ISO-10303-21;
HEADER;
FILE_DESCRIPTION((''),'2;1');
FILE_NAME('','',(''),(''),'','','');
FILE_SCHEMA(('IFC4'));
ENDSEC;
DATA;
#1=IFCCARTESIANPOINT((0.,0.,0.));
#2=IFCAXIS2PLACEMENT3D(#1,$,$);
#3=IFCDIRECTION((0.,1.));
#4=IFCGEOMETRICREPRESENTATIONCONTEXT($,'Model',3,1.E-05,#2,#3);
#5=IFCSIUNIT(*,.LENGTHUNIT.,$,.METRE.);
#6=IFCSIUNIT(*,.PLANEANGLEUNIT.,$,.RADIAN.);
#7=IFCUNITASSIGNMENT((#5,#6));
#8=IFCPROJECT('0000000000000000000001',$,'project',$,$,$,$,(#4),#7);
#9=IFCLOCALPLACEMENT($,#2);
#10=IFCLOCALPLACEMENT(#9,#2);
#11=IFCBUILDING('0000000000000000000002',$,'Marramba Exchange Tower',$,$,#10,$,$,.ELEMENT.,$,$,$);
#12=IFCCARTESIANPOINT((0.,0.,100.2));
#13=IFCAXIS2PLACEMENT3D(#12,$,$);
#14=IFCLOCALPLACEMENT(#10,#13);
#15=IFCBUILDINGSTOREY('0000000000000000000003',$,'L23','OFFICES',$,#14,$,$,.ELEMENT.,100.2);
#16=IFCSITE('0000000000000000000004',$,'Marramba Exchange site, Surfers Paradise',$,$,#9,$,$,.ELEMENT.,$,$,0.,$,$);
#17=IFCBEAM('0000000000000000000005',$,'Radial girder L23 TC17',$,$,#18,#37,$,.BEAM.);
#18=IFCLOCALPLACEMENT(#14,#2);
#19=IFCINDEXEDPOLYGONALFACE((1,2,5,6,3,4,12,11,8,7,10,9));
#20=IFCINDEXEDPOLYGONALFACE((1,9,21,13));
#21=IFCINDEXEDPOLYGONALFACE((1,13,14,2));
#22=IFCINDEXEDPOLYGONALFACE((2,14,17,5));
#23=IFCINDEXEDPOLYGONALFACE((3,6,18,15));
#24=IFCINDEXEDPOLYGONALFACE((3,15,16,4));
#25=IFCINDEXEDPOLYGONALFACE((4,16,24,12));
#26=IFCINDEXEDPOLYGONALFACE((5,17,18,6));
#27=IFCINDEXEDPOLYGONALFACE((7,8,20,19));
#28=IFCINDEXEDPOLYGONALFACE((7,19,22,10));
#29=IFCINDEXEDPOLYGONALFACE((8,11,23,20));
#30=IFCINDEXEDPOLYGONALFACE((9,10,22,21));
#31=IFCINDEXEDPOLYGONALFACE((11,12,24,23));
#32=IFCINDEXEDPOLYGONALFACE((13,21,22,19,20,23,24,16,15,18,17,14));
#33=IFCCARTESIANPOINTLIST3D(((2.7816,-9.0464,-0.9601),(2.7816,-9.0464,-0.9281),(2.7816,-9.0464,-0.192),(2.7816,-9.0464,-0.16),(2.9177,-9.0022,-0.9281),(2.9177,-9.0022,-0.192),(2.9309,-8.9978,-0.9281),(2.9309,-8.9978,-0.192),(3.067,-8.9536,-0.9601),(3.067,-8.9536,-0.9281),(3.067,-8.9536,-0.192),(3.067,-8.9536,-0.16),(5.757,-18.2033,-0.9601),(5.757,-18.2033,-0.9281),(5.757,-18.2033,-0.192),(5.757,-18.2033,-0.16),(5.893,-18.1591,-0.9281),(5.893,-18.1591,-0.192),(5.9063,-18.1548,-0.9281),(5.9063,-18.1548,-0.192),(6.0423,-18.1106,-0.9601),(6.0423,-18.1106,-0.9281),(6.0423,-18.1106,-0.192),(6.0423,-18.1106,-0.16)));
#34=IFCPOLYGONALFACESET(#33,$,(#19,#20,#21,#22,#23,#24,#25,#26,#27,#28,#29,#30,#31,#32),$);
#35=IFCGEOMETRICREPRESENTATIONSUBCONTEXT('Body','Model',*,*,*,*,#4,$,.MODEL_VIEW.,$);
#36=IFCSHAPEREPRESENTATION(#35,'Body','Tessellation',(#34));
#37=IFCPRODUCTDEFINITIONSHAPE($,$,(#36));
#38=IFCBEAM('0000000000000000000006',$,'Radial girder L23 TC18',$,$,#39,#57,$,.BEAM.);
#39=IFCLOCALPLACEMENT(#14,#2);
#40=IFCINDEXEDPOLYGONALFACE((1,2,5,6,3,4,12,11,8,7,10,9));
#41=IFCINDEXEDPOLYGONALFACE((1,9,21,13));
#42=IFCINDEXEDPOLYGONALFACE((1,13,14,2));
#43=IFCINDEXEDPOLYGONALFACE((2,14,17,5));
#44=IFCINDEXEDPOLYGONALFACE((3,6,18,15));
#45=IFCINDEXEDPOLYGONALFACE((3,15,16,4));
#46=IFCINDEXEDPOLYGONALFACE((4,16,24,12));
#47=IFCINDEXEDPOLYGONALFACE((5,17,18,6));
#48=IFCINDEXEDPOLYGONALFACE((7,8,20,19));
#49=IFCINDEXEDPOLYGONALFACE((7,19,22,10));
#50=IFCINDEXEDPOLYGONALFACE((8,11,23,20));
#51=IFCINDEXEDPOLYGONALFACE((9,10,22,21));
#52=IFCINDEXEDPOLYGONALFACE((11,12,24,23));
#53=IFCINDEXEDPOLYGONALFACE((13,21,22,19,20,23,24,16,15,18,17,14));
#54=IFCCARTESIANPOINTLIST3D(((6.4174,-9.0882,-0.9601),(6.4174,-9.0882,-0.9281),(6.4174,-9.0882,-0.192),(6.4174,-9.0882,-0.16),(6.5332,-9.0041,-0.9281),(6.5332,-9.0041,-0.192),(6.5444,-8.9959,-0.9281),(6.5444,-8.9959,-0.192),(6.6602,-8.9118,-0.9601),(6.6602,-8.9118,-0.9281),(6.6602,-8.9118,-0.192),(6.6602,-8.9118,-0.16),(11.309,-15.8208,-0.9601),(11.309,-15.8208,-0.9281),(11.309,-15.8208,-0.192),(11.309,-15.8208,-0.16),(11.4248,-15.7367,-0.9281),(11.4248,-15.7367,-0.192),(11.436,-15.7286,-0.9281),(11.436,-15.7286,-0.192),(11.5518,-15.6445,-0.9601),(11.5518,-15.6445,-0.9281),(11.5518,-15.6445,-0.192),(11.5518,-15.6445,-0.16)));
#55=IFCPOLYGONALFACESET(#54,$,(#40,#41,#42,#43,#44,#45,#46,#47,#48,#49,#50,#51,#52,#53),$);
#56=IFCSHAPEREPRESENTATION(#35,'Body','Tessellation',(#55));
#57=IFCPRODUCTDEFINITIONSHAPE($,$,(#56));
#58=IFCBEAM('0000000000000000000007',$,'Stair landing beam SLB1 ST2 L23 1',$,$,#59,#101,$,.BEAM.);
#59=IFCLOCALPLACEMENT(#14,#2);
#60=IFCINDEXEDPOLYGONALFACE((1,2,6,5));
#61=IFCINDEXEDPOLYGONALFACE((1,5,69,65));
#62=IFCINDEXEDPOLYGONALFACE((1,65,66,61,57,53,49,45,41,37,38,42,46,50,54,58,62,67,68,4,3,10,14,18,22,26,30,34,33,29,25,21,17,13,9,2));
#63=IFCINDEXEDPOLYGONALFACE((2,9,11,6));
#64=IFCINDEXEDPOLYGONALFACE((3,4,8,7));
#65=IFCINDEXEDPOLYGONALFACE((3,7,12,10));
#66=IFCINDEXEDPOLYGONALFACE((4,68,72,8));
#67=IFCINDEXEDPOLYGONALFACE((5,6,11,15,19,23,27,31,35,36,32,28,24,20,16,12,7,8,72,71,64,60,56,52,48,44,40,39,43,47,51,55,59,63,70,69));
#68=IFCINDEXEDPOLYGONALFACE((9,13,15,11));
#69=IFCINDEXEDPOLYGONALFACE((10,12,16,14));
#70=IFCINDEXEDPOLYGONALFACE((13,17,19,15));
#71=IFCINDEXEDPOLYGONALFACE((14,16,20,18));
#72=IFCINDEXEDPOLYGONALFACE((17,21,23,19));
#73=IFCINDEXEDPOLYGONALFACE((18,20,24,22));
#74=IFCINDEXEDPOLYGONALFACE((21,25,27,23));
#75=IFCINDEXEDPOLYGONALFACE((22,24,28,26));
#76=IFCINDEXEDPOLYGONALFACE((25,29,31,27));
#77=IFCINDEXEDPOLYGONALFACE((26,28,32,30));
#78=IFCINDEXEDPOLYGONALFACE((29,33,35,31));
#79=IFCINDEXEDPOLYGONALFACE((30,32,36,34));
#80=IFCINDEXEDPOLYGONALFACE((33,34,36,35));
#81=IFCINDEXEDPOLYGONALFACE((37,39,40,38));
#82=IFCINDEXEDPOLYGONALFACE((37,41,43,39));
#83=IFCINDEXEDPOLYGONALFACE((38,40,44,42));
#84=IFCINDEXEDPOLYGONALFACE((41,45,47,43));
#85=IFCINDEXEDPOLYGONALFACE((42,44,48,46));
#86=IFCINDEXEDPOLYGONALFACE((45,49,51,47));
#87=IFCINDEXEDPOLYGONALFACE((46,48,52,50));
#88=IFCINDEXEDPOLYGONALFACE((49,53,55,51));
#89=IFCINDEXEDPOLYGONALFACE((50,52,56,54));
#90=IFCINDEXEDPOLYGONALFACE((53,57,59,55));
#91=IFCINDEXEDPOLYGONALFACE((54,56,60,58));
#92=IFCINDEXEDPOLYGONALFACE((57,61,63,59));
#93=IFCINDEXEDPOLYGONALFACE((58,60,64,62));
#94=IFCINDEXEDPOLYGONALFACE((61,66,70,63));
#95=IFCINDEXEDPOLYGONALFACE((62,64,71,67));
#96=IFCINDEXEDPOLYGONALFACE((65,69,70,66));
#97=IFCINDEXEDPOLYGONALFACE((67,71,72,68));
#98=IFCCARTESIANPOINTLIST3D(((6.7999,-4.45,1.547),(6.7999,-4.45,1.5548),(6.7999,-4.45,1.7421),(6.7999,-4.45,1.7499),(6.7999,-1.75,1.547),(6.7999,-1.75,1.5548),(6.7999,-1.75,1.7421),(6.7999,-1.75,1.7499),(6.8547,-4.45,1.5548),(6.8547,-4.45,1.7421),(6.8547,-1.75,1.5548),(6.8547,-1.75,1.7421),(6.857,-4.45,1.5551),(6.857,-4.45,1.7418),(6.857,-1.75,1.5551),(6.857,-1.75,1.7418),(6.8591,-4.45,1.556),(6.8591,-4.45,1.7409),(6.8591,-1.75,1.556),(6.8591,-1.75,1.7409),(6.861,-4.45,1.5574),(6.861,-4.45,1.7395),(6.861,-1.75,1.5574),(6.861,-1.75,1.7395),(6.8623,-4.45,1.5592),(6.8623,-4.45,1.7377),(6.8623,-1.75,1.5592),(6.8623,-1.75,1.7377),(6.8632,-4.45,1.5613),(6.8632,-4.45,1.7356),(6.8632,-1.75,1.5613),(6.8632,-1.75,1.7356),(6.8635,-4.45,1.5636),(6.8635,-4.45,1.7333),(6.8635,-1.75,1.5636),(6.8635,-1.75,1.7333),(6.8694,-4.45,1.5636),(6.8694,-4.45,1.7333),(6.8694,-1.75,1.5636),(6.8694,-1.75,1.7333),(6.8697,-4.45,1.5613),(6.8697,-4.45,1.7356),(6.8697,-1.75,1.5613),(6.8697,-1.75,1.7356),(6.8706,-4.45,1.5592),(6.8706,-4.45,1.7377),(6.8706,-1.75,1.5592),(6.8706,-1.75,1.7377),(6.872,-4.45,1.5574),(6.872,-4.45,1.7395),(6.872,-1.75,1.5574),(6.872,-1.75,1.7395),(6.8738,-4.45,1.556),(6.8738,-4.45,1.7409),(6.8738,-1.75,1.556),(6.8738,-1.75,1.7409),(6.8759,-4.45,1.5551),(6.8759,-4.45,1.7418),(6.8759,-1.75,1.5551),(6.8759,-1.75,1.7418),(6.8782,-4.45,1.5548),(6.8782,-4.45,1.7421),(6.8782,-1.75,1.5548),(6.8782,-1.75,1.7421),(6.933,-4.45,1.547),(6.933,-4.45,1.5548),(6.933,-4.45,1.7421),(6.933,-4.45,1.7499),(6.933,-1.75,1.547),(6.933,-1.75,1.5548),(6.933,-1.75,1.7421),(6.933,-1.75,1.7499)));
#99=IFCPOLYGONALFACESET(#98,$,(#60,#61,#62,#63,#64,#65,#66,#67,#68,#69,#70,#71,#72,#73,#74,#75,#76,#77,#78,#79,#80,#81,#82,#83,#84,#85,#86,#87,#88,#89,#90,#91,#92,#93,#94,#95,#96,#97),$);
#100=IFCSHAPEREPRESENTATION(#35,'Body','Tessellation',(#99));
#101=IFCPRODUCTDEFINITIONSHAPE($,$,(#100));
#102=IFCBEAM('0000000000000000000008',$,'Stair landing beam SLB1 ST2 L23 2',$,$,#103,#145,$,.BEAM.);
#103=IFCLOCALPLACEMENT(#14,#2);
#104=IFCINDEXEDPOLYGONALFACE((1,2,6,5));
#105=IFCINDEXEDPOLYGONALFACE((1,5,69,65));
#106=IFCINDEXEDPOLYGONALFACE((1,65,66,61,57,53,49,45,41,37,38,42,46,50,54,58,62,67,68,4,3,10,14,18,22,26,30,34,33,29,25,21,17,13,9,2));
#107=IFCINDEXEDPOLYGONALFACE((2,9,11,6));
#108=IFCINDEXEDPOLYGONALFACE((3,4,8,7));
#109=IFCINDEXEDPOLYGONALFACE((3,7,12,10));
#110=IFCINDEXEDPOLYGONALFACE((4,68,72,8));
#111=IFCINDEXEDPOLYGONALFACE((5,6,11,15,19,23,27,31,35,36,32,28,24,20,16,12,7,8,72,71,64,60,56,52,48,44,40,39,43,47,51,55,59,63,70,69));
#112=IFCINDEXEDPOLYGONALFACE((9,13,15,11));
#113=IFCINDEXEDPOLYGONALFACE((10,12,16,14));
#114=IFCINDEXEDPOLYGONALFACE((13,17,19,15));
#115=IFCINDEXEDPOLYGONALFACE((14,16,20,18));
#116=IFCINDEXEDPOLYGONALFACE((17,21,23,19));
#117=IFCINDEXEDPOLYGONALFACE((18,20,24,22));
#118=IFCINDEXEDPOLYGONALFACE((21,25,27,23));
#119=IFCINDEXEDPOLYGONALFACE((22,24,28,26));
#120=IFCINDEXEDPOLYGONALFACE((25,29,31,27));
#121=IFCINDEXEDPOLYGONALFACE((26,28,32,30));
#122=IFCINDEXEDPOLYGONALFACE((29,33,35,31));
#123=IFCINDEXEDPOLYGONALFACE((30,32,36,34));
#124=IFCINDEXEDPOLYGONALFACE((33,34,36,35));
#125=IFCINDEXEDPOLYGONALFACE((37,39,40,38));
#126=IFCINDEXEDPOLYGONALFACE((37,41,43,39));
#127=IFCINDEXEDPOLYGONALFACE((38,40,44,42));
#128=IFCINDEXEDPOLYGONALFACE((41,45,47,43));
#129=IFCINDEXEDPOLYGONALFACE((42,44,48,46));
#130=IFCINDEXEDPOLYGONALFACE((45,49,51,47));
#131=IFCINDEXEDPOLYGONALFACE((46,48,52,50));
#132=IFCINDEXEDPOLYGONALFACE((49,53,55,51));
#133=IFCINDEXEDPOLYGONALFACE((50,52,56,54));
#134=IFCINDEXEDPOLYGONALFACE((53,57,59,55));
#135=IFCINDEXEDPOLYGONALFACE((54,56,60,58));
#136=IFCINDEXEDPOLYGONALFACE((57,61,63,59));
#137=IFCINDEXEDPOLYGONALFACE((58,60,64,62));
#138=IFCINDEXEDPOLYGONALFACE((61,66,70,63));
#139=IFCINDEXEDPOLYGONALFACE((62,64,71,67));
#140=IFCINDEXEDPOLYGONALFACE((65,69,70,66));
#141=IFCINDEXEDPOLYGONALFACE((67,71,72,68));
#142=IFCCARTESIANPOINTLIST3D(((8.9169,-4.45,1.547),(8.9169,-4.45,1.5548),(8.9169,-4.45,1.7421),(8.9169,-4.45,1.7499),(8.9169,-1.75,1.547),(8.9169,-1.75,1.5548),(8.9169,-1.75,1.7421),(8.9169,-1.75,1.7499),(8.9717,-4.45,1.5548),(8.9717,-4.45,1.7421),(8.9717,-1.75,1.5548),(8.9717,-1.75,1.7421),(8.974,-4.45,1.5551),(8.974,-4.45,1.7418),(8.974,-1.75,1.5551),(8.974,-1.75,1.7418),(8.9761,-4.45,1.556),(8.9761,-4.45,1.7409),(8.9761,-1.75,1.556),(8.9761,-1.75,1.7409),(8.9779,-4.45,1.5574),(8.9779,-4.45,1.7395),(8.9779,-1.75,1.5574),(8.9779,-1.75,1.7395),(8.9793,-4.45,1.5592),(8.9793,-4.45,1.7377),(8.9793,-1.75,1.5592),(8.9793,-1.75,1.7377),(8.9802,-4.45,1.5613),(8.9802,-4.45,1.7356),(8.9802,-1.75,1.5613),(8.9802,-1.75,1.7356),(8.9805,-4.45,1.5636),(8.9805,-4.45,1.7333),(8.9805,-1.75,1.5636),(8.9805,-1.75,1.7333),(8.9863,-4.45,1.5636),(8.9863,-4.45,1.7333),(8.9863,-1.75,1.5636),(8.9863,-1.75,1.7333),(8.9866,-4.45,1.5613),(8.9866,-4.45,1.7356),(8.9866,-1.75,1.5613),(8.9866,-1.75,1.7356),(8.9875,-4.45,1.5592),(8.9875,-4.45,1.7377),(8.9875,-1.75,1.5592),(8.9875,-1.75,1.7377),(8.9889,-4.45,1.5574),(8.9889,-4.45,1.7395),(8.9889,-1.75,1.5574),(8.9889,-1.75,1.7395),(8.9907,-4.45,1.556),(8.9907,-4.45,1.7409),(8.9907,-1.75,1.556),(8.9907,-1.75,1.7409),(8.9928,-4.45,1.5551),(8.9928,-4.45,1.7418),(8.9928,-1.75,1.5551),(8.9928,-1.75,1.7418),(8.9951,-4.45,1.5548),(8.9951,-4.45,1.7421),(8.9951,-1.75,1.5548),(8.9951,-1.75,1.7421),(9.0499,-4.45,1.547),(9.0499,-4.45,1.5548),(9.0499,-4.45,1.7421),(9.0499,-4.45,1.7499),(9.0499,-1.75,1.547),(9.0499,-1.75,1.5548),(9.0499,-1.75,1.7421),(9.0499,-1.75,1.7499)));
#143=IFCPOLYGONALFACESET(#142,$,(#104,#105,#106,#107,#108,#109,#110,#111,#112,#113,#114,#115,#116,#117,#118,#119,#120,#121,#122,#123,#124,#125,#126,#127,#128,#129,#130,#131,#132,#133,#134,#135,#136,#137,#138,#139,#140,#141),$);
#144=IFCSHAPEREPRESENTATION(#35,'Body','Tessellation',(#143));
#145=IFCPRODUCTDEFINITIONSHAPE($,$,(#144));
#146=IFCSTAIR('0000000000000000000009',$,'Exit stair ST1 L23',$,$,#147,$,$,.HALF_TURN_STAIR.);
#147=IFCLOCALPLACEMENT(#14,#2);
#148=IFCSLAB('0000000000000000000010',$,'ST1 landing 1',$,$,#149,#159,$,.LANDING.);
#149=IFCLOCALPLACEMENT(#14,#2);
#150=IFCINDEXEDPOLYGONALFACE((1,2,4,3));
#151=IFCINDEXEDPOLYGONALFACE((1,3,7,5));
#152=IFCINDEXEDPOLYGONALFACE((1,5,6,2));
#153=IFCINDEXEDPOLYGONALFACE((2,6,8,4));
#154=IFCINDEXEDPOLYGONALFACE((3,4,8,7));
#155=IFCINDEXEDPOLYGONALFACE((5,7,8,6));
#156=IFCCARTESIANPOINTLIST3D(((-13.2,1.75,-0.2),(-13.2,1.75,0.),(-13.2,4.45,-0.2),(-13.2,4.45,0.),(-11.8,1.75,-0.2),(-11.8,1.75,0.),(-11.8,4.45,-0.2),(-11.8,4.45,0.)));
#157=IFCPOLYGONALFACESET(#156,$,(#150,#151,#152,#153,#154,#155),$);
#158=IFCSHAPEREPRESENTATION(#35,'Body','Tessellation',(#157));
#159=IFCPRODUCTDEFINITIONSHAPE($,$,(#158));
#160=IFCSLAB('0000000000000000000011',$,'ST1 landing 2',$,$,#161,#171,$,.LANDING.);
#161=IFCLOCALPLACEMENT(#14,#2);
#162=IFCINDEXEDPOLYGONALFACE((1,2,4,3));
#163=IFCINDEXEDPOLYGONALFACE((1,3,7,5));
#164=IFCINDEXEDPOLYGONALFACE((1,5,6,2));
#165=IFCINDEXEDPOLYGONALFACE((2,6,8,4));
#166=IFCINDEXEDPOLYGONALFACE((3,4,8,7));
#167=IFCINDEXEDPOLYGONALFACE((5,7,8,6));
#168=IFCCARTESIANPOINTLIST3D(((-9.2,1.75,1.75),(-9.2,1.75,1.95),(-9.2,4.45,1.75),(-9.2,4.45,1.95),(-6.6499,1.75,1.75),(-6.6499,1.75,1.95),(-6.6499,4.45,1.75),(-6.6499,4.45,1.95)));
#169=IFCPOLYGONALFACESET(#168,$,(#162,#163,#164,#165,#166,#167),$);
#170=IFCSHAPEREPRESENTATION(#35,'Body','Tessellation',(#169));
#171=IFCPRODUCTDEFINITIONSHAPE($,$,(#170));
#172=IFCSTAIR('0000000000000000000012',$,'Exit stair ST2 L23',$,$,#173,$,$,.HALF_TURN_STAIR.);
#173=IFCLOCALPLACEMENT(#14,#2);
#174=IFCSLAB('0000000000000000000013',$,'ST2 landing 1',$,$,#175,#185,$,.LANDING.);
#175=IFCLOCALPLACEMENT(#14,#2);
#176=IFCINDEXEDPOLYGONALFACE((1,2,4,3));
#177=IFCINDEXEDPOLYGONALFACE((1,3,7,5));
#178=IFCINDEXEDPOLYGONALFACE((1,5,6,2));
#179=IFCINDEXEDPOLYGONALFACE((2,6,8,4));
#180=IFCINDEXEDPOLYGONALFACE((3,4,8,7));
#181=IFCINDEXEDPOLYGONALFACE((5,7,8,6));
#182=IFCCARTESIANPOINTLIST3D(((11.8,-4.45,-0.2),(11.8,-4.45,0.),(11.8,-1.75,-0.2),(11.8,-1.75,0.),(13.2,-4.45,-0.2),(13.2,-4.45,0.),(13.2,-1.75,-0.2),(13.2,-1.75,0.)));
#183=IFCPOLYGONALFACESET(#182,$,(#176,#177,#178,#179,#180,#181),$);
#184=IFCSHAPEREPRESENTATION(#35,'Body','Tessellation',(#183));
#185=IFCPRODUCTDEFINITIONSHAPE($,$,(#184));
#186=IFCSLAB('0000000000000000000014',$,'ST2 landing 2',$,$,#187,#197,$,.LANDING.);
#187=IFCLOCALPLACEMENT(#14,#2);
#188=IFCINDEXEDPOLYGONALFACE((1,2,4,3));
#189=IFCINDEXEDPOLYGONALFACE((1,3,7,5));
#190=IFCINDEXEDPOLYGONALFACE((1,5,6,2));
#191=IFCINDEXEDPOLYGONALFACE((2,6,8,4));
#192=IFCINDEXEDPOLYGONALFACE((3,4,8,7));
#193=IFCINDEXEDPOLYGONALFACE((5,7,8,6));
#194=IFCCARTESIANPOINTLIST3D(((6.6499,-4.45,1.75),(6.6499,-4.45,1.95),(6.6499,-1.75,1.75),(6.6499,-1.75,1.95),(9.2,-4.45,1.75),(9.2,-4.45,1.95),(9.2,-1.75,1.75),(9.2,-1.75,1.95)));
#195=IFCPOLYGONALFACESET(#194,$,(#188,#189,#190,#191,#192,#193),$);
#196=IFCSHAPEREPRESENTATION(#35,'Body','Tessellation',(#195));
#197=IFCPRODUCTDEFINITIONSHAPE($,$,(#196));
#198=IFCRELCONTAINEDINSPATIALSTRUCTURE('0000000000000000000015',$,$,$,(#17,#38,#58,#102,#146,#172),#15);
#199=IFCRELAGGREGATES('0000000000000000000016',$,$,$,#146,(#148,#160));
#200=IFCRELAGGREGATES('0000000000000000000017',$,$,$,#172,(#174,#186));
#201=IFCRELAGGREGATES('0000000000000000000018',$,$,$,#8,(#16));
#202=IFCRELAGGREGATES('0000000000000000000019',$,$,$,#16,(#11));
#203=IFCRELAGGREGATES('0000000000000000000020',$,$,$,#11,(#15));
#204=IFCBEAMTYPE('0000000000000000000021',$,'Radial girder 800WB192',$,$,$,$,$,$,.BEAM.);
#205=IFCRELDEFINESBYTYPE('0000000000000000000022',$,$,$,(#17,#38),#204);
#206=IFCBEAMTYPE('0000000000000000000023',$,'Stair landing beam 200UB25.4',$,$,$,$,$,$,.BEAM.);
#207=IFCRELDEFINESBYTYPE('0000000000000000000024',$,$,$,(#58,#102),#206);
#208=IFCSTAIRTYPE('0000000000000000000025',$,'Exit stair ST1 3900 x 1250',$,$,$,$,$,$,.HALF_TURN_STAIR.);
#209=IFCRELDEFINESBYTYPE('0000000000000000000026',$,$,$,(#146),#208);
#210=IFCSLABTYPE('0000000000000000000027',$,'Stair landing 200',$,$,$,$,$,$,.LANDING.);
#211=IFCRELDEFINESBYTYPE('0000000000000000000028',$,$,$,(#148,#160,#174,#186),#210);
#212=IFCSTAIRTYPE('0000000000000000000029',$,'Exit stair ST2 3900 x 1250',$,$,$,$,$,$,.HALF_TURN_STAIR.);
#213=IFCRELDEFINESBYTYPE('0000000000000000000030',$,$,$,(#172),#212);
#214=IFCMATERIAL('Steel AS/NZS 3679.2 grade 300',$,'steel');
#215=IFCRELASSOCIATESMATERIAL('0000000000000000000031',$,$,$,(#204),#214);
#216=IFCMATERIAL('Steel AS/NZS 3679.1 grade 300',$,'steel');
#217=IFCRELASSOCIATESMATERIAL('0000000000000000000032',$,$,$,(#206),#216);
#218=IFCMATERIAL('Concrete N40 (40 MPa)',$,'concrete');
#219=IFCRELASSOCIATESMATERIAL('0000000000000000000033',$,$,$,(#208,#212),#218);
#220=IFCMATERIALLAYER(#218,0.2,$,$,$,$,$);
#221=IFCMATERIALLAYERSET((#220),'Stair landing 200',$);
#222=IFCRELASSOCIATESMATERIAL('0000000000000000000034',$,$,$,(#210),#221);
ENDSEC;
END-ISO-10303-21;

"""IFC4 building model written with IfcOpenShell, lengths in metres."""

from ifc_helpers import new_model, si_unit, direction, frame, origin, origin_2d, place, context, subcontext, project, spatial, polyline, i_section, outline, extrude, material, layer, layer_set, material_profile, profile_set, type_object, element, aggregate, save


model = new_model("IFC4")

# Units and contexts
model_context = context("Model", 3, precision=1e-05, world=origin(), true_north=direction((0.0, 1.0)))
body_context = subcontext(model_context, "Body", "Model", "MODEL_VIEW")
ifc_project = project(units=[si_unit("LENGTHUNIT", "METRE"), si_unit("PLANEANGLEUNIT", "RADIAN")], contexts=[model_context])

# Site, building, storey
site_placement = place(None, origin())
site = spatial("IfcSite", under=ifc_project, at=site_placement, Name="Marramba Exchange site, Surfers Paradise", CompositionType="ELEMENT", RefElevation=0.0)
building_placement = place(site_placement, origin())
building = spatial("IfcBuilding", under=site, at=building_placement, Name="Marramba Exchange Tower", CompositionType="ELEMENT")
storey_placement = place(building_placement, frame((0.0, 0.0, 100.2)))
storey = spatial("IfcBuildingStorey", under=building, at=storey_placement, Name="L23", Description="OFFICES", CompositionType="ELEMENT", Elevation=100.2)

# Beams
ifc_material_1 = material(Name="Steel AS/NZS 3679.2 grade 300", Category="steel")
ifc_material_profile_1 = material_profile(ifc_material_1, i_section(OverallWidth=0.3, OverallDepth=0.8, WebThickness=0.0139, FlangeThickness=0.032, at=origin_2d()), Name="800WB192")
ifc_profile_set_1 = profile_set([ifc_material_profile_1], Name="Steel AS/NZS 3679.2 grade 300")
beam_type_1 = type_object("IfcBeamType", Name="Radial girder 800WB192", PredefinedType="BEAM", material=ifc_profile_set_1)
beam_1_placement = place(storey_placement, frame((2.9243, -9.0, -0.5601), z_axis=(0.309022, -0.951055, 0.0), x_axis=(0.951055, 0.309022, 0.0)))
element("IfcBeam", 1, at=beam_1_placement, inside=storey, type_object=beam_type_1, Name="Radial girder L23 TC17", PredefinedType="BEAM", context=body_context, shape_type="SweptSolid", body=[
    extrude(i_section(OverallWidth=0.3, OverallDepth=0.8, WebThickness=0.0139, FlangeThickness=0.032, at=origin_2d()), origin(), (0.0, 0.0, 1.0), 9.6282),
])
beam_2_placement = place(storey_placement, frame((6.5388, -9.0, -0.5601), z_axis=(0.587788, -0.809015, 0.0), x_axis=(0.809015, 0.587788, 0.0)))
element("IfcBeam", 2, at=beam_2_placement, inside=storey, type_object=beam_type_1, Name="Radial girder L23 TC18", PredefinedType="BEAM", context=body_context, shape_type="SweptSolid", body=[
    extrude(i_section(OverallWidth=0.3, OverallDepth=0.8, WebThickness=0.0139, FlangeThickness=0.032, at=origin_2d()), origin(), (0.0, 0.0, 1.0), 8.322),
])
ifc_material_2 = material(Name="Steel AS/NZS 3679.1 grade 300", Category="steel")
ifc_material_profile_2 = material_profile(ifc_material_2, i_section(OverallWidth=0.1331, OverallDepth=0.2029, WebThickness=0.0059, FlangeThickness=0.0078, FilletRadius=0.0088, at=origin_2d()), Name="200UB25.4")
ifc_profile_set_2 = profile_set([ifc_material_profile_2], Name="Steel AS/NZS 3679.1 grade 300")
beam_type_2 = type_object("IfcBeamType", Name="Stair landing beam 200UB25.4", PredefinedType="BEAM", material=ifc_profile_set_2)
for number, where, z_axis, x_axis, name in (
    (3, (6.8665, -4.45, 1.6484), (0.0, 1.0, 0.0), (-1.0, 0.0, 0.0), "Stair landing beam SLB1 ST2 L23 1"),
    (4, (8.9834, -4.45, 1.6484), (0.0, 1.0, 0.0), (-1.0, 0.0, 0.0), "Stair landing beam SLB1 ST2 L23 2"),
):
    element("IfcBeam", number, at=place(storey_placement, frame(where, z_axis=z_axis, x_axis=x_axis)), inside=storey, type_object=beam_type_2, Name=name, PredefinedType="BEAM", context=body_context, shape_type="SweptSolid", body=[
        extrude(i_section(OverallWidth=0.1331, OverallDepth=0.2029, WebThickness=0.0059, FlangeThickness=0.0078, FilletRadius=0.0088, at=origin_2d()), origin(), (0.0, 0.0, 1.0), 2.7),
    ])

# Stairs, slabs
ifc_material_3 = material(Name="Concrete N40 (40 MPa)", Category="concrete")
stair_type_1 = type_object("IfcStairType", Name="Exit stair ST1 3900 x 1250", PredefinedType="HALF_TURN_STAIR", material=ifc_material_3)
stair_1_placement = place(storey_placement, origin())
stair_1 = element("IfcStair", 5, at=stair_1_placement, inside=storey, type_object=stair_type_1, Name="Exit stair ST1 L23", PredefinedType="HALF_TURN_STAIR")
ifc_layer_1 = layer(ifc_material_3, 0.2)
ifc_layer_set_1 = layer_set([ifc_layer_1], Name="Stair landing 200")
slab_type = type_object("IfcSlabType", Name="Stair landing 200", PredefinedType="LANDING", material=ifc_layer_set_1)
slab_1_placement = place(storey_placement, frame((0.0, 0.0, -0.2)))
slab_1 = element("IfcSlab", 6, at=slab_1_placement, type_object=slab_type, Name="ST1 landing 1", PredefinedType="LANDING", context=body_context, shape_type="SweptSolid", body=[
    extrude(outline(polyline([(-13.2, 1.75), (-11.8, 1.75), (-11.8, 4.45), (-13.2, 4.45), (-13.2, 1.75)])), origin(), (0.0, 0.0, 1.0), 0.2),
])
slab_2_placement = place(storey_placement, frame((0.0, 0.0, 1.75)))
slab_2 = element("IfcSlab", 7, at=slab_2_placement, type_object=slab_type, Name="ST1 landing 2", PredefinedType="LANDING", context=body_context, shape_type="SweptSolid", body=[
    extrude(outline(polyline([(-9.2, 1.75), (-6.6499, 1.75), (-6.6499, 4.45), (-9.2, 4.45), (-9.2, 1.75)])), origin(), (0.0, 0.0, 1.0), 0.2),
])
aggregate(stair_1, [slab_1, slab_2])
stair_type_2 = type_object("IfcStairType", Name="Exit stair ST2 3900 x 1250", PredefinedType="HALF_TURN_STAIR", material=ifc_material_3)
stair_2_placement = place(storey_placement, origin())
stair_2 = element("IfcStair", 8, at=stair_2_placement, inside=storey, type_object=stair_type_2, Name="Exit stair ST2 L23", PredefinedType="HALF_TURN_STAIR")
slab_3_placement = place(storey_placement, frame((0.0, 0.0, -0.2)))
slab_3 = element("IfcSlab", 9, at=slab_3_placement, type_object=slab_type, Name="ST2 landing 1", PredefinedType="LANDING", context=body_context, shape_type="SweptSolid", body=[
    extrude(outline(polyline([(11.8, -4.45), (13.2, -4.45), (13.2, -1.75), (11.8, -1.75), (11.8, -4.45)])), origin(), (0.0, 0.0, 1.0), 0.2),
])
slab_4_placement = place(storey_placement, frame((0.0, 0.0, 1.75)))
slab_4 = element("IfcSlab", 10, at=slab_4_placement, type_object=slab_type, Name="ST2 landing 2", PredefinedType="LANDING", context=body_context, shape_type="SweptSolid", body=[
    extrude(outline(polyline([(6.6499, -4.45), (9.2, -4.45), (9.2, -1.75), (6.6499, -1.75), (6.6499, -4.45)])), origin(), (0.0, 0.0, 1.0), 0.2),
])

aggregate(stair_2, [slab_3, slab_4])

save(model, "model.ifc")
